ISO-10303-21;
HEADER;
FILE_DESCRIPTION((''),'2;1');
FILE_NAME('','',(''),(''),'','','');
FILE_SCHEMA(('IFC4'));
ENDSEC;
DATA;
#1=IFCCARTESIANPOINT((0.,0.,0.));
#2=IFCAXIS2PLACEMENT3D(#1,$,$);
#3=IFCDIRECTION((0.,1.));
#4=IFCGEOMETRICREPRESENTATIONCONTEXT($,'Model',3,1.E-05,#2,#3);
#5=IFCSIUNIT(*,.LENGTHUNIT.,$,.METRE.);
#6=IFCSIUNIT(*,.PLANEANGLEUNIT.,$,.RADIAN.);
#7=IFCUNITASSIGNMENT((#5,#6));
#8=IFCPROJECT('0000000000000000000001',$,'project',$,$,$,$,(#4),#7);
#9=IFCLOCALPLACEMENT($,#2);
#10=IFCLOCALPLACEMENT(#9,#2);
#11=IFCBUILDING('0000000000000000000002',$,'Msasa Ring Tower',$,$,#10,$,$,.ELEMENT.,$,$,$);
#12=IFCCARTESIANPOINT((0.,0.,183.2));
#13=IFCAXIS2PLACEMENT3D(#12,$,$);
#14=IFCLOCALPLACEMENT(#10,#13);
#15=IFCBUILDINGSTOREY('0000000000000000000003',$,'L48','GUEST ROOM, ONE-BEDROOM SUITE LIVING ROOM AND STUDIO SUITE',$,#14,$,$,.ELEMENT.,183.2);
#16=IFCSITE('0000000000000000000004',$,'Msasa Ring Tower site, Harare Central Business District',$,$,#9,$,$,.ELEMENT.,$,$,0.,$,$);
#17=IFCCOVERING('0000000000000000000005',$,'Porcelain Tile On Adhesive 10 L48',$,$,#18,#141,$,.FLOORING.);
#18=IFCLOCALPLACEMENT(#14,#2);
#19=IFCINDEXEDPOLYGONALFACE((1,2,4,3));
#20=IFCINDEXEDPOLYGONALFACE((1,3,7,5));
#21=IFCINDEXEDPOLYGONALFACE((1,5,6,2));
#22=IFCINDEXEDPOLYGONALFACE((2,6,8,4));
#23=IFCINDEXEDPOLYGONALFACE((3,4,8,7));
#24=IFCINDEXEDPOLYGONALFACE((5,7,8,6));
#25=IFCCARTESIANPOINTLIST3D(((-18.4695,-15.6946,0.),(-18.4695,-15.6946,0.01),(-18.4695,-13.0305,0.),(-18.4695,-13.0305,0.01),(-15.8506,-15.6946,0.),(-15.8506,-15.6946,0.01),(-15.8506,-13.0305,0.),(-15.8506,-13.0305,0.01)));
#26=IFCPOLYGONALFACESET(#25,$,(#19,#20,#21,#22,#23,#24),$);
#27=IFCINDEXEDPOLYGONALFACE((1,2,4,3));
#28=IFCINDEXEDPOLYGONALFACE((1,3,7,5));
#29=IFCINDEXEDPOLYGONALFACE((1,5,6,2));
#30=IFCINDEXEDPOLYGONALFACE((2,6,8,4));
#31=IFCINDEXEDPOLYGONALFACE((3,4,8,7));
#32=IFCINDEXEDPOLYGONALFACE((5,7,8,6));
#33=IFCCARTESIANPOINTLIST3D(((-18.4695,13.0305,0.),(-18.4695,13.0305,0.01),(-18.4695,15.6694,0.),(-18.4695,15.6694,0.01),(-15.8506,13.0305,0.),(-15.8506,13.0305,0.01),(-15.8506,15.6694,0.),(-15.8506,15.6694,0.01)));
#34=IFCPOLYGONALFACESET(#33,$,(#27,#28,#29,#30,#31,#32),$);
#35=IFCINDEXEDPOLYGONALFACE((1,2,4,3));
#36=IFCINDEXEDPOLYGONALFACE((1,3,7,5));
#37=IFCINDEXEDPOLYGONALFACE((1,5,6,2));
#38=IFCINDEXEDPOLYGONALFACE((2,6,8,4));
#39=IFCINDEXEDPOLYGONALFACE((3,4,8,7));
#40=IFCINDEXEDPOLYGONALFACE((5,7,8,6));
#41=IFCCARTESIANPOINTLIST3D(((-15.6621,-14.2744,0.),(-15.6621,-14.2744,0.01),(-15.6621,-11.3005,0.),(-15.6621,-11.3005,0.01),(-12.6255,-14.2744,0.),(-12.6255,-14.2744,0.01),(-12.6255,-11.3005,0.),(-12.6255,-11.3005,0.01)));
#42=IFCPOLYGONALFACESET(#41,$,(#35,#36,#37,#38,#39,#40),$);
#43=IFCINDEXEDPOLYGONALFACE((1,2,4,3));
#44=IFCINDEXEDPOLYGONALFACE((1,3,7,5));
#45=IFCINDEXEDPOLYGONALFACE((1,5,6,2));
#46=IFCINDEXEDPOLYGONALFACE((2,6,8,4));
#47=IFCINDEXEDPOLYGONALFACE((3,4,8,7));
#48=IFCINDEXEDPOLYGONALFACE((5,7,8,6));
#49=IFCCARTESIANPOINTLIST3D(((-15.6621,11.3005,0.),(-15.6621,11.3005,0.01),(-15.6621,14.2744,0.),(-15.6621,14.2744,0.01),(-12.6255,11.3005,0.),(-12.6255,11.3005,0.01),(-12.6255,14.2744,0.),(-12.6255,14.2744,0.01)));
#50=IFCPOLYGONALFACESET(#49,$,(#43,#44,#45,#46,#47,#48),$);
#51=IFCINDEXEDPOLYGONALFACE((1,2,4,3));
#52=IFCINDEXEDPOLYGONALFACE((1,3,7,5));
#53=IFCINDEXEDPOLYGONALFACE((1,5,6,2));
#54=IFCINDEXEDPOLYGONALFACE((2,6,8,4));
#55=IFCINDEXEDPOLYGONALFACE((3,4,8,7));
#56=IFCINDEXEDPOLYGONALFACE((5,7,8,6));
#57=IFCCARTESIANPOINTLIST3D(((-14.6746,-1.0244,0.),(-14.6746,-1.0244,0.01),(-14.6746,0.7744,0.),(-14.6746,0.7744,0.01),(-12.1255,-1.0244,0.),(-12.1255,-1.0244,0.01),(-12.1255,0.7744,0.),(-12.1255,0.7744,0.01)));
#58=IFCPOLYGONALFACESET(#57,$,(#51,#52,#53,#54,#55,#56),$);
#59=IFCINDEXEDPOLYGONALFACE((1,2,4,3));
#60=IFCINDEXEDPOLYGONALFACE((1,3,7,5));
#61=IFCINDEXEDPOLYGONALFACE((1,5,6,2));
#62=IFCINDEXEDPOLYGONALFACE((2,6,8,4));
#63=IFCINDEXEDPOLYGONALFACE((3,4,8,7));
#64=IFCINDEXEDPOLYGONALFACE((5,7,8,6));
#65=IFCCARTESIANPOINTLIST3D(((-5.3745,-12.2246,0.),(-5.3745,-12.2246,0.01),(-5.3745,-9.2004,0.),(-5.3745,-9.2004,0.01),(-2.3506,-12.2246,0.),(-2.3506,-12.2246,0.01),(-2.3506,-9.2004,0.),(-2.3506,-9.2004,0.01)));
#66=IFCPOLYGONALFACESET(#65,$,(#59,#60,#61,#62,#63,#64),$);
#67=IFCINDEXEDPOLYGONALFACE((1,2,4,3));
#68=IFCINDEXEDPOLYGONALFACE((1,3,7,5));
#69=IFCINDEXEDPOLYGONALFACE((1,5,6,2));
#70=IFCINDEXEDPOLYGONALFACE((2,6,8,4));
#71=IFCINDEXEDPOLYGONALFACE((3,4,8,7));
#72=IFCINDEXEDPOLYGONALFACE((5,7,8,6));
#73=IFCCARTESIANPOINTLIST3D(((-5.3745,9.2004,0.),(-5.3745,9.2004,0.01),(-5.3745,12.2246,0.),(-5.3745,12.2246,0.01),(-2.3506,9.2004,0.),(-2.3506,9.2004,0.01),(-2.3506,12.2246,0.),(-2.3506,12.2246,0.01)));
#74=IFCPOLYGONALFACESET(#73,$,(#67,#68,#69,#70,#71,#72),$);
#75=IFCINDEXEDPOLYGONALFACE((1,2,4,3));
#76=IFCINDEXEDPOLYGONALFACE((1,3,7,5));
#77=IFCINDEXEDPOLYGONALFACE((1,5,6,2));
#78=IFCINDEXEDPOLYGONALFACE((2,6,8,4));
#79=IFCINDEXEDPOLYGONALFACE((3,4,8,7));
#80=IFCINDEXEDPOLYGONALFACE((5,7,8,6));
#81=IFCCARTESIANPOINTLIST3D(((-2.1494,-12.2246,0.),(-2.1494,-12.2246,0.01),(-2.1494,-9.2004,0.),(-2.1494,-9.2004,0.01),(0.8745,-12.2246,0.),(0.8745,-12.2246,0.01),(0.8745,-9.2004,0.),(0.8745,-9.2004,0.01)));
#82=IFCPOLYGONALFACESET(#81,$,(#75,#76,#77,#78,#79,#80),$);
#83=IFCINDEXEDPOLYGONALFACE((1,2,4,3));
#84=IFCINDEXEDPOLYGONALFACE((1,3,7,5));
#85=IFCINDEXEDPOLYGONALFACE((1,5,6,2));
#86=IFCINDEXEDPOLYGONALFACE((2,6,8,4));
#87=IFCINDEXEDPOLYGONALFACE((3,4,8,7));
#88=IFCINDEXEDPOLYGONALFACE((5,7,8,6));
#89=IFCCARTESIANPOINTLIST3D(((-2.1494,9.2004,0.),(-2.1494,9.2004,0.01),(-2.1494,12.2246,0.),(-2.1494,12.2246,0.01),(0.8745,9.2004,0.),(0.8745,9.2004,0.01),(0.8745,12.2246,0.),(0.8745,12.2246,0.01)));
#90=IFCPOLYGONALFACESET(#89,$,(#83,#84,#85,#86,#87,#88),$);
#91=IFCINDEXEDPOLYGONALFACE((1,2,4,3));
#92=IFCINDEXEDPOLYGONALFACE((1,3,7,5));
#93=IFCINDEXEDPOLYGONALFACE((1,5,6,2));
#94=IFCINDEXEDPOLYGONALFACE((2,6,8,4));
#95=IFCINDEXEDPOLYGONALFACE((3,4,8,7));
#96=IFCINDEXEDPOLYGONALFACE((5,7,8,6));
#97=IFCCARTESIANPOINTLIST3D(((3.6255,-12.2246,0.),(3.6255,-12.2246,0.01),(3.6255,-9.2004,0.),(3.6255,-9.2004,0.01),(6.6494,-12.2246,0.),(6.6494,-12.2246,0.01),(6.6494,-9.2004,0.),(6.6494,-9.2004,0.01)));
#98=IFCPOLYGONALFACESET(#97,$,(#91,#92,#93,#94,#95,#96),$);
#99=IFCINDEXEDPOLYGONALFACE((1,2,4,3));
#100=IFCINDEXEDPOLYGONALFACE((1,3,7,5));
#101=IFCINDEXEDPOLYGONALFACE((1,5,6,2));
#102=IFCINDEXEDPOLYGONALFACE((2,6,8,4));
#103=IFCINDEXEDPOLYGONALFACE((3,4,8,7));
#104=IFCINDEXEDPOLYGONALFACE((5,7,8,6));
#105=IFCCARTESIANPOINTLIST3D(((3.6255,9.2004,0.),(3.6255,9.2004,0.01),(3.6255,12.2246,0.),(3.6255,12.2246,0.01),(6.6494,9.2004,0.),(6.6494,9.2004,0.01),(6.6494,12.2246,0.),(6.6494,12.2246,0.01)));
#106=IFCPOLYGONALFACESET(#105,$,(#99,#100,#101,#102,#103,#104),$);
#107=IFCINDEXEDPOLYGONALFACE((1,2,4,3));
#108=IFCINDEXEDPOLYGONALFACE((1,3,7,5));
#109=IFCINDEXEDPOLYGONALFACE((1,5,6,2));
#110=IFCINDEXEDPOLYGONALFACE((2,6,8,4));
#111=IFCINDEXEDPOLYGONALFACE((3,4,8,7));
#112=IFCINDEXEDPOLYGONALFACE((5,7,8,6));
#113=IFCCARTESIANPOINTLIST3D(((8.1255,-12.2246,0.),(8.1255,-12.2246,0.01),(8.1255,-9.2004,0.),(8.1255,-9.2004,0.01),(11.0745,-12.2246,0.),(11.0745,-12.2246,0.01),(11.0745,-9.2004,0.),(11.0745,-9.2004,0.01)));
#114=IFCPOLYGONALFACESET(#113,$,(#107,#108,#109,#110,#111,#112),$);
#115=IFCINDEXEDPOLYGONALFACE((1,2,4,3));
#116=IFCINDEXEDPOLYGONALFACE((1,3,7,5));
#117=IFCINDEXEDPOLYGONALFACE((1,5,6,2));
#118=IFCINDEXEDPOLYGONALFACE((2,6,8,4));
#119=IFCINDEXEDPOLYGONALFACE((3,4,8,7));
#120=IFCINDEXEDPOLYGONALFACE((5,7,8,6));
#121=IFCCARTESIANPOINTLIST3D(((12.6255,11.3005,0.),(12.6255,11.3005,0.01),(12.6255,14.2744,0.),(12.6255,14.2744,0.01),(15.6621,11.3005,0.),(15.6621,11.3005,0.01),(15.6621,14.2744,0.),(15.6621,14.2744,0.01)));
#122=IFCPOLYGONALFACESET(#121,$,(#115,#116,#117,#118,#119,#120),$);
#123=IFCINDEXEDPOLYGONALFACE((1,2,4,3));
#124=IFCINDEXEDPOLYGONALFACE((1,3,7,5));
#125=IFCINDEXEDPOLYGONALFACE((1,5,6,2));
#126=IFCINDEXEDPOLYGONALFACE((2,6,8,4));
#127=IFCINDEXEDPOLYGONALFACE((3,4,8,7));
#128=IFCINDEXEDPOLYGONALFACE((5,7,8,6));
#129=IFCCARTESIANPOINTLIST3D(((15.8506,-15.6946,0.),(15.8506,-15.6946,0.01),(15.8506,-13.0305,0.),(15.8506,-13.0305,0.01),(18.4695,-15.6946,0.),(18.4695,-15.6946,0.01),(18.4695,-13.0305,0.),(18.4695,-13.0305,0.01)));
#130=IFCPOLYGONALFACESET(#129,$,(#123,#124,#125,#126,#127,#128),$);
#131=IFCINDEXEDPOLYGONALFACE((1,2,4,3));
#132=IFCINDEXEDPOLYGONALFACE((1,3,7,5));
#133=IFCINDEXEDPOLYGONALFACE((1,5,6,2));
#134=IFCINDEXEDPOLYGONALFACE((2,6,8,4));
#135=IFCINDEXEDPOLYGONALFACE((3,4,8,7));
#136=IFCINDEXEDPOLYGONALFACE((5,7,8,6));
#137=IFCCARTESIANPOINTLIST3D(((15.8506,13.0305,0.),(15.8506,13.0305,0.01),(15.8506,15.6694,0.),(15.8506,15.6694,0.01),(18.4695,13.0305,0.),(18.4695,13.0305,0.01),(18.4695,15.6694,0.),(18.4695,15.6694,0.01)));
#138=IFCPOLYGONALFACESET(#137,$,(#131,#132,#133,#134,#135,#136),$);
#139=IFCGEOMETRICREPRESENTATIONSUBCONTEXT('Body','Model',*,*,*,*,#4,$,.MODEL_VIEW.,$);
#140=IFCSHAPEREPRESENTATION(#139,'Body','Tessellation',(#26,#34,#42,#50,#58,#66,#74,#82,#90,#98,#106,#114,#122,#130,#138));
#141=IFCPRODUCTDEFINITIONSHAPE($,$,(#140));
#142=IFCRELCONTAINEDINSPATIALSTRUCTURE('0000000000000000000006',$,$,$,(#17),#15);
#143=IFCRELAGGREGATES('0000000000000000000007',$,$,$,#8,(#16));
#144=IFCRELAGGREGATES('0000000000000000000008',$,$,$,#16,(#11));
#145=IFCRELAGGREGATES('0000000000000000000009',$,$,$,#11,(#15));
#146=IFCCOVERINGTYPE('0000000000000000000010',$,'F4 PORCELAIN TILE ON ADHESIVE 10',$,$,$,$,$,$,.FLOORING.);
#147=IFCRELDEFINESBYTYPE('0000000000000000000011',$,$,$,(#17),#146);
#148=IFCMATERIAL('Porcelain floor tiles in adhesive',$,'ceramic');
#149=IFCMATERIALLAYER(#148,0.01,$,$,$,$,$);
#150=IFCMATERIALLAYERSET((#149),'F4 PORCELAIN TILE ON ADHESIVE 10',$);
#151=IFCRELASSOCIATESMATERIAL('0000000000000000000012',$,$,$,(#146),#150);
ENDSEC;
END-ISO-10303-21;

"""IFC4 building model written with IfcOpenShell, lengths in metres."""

from ifc_helpers import new_model, si_unit, direction, frame, origin, place, context, subcontext, project, spatial, line, indexed_curve, outline, extrude, material, layer, layer_set, type_object, element, save


model = new_model("IFC4")

# Units and contexts
model_context = context("Model", 3, precision=1e-05, world=origin(), true_north=direction((0.0, 1.0)))
body_context = subcontext(model_context, "Body", "Model", "MODEL_VIEW")
ifc_project = project(units=[si_unit("LENGTHUNIT", "METRE"), si_unit("PLANEANGLEUNIT", "RADIAN")], contexts=[model_context])

# Site, building, storey
site_placement = place(None, origin())
site = spatial("IfcSite", under=ifc_project, at=site_placement, Name="Msasa Ring Tower site, Harare Central Business District", CompositionType="ELEMENT", RefElevation=0.0)
building_placement = place(site_placement, origin())
building = spatial("IfcBuilding", under=site, at=building_placement, Name="Msasa Ring Tower", CompositionType="ELEMENT")
storey_placement = place(building_placement, frame((0.0, 0.0, 183.2)))
storey = spatial("IfcBuildingStorey", under=building, at=storey_placement, Name="L48", Description="GUEST ROOM, ONE-BEDROOM SUITE LIVING ROOM AND STUDIO SUITE", CompositionType="ELEMENT", Elevation=183.2)

# Covering
ifc_material_1 = material(Name="Porcelain floor tiles in adhesive", Category="ceramic")
ifc_layer_1 = layer(ifc_material_1, 0.01)
ifc_layer_set_1 = layer_set([ifc_layer_1], Name="F4 PORCELAIN TILE ON ADHESIVE 10")
covering_type_1 = type_object("IfcCoveringType", Name="F4 PORCELAIN TILE ON ADHESIVE 10", PredefinedType="FLOORING", material=ifc_layer_set_1)
covering_1_placement = place(storey_placement, origin())
element("IfcCovering", 1, at=covering_1_placement, inside=storey, type_object=covering_type_1, Name="Porcelain Tile On Adhesive 10 L48", PredefinedType="FLOORING", context=body_context, shape_type="SweptSolid", body=[
    extrude(outline(indexed_curve([(-18.4695, -13.0305), (-15.8506, -13.0305), (-15.8506, -15.6946), (-18.4695, -15.6946)], segments=[line(1, 2, 3, 4, 1)], self_intersect=False)), origin(), (0.0, 0.0, 1.0), 0.01),
    extrude(outline(indexed_curve([(-15.8506, 15.6694), (-15.8506, 13.0305), (-18.4695, 13.0305), (-18.4695, 15.6694)], segments=[line(1, 2, 3, 4, 1)], self_intersect=False)), origin(), (0.0, 0.0, 1.0), 0.01),
    extrude(outline(indexed_curve([(-12.6255, -11.3005), (-12.6255, -14.2744), (-15.6621, -14.2744), (-15.6621, -11.3005)], segments=[line(1, 2, 3, 4, 1)], self_intersect=False)), origin(), (0.0, 0.0, 1.0), 0.01),
    extrude(outline(indexed_curve([(-15.6621, 11.3005), (-15.6621, 14.2744), (-12.6255, 14.2744), (-12.6255, 11.3005)], segments=[line(1, 2, 3, 4, 1)], self_intersect=False)), origin(), (0.0, 0.0, 1.0), 0.01),
    extrude(outline(indexed_curve([(-12.1255, -1.0244), (-14.6746, -1.0244), (-14.6746, 0.7744), (-12.1255, 0.7744)], segments=[line(1, 2, 3, 4, 1)], self_intersect=False)), origin(), (0.0, 0.0, 1.0), 0.01),
    extrude(outline(indexed_curve([(-2.3506, -9.2004), (-2.3506, -12.2246), (-5.3745, -12.2246), (-5.3745, -9.2004)], segments=[line(1, 2, 3, 4, 1)], self_intersect=False)), origin(), (0.0, 0.0, 1.0), 0.01),
    extrude(outline(indexed_curve([(-2.3506, 9.2004), (-5.3745, 9.2004), (-5.3745, 12.2246), (-2.3506, 12.2246)], segments=[line(1, 2, 3, 4, 1)], self_intersect=False)), origin(), (0.0, 0.0, 1.0), 0.01),
    extrude(outline(indexed_curve([(0.8745, -9.2004), (0.8745, -12.2246), (-2.1494, -12.2246), (-2.1494, -9.2004)], segments=[line(1, 2, 3, 4, 1)], self_intersect=False)), origin(), (0.0, 0.0, 1.0), 0.01),
    extrude(outline(indexed_curve([(-2.1494, 9.2004), (-2.1494, 12.2246), (0.8745, 12.2246), (0.8745, 9.2004)], segments=[line(1, 2, 3, 4, 1)], self_intersect=False)), origin(), (0.0, 0.0, 1.0), 0.01),
    extrude(outline(indexed_curve([(6.6494, -9.2004), (6.6494, -12.2246), (3.6255, -12.2246), (3.6255, -9.2004)], segments=[line(1, 2, 3, 4, 1)], self_intersect=False)), origin(), (0.0, 0.0, 1.0), 0.01),
    extrude(outline(indexed_curve([(6.6494, 9.2004), (3.6255, 9.2004), (3.6255, 12.2246), (6.6494, 12.2246)], segments=[line(1, 2, 3, 4, 1)], self_intersect=False)), origin(), (0.0, 0.0, 1.0), 0.01),
    extrude(outline(indexed_curve([(11.0745, -9.2004), (11.0745, -12.2246), (8.1255, -12.2246), (8.1255, -9.2004)], segments=[line(1, 2, 3, 4, 1)], self_intersect=False)), origin(), (0.0, 0.0, 1.0), 0.01),
    extrude(outline(indexed_curve([(12.6255, 11.3005), (12.6255, 14.2744), (15.6621, 14.2744), (15.6621, 11.3005)], segments=[line(1, 2, 3, 4, 1)], self_intersect=False)), origin(), (0.0, 0.0, 1.0), 0.01),
    extrude(outline(indexed_curve([(18.4695, -13.0305), (18.4695, -15.6946), (15.8506, -15.6946), (15.8506, -13.0305)], segments=[line(1, 2, 3, 4, 1)], self_intersect=False)), origin(), (0.0, 0.0, 1.0), 0.01),
    extrude(outline(indexed_curve([(18.4695, 15.6694), (18.4695, 13.0305), (15.8506, 13.0305), (15.8506, 15.6694)], segments=[line(1, 2, 3, 4, 1)], self_intersect=False)), origin(), (0.0, 0.0, 1.0), 0.01),
])

save(model, "model.ifc")
